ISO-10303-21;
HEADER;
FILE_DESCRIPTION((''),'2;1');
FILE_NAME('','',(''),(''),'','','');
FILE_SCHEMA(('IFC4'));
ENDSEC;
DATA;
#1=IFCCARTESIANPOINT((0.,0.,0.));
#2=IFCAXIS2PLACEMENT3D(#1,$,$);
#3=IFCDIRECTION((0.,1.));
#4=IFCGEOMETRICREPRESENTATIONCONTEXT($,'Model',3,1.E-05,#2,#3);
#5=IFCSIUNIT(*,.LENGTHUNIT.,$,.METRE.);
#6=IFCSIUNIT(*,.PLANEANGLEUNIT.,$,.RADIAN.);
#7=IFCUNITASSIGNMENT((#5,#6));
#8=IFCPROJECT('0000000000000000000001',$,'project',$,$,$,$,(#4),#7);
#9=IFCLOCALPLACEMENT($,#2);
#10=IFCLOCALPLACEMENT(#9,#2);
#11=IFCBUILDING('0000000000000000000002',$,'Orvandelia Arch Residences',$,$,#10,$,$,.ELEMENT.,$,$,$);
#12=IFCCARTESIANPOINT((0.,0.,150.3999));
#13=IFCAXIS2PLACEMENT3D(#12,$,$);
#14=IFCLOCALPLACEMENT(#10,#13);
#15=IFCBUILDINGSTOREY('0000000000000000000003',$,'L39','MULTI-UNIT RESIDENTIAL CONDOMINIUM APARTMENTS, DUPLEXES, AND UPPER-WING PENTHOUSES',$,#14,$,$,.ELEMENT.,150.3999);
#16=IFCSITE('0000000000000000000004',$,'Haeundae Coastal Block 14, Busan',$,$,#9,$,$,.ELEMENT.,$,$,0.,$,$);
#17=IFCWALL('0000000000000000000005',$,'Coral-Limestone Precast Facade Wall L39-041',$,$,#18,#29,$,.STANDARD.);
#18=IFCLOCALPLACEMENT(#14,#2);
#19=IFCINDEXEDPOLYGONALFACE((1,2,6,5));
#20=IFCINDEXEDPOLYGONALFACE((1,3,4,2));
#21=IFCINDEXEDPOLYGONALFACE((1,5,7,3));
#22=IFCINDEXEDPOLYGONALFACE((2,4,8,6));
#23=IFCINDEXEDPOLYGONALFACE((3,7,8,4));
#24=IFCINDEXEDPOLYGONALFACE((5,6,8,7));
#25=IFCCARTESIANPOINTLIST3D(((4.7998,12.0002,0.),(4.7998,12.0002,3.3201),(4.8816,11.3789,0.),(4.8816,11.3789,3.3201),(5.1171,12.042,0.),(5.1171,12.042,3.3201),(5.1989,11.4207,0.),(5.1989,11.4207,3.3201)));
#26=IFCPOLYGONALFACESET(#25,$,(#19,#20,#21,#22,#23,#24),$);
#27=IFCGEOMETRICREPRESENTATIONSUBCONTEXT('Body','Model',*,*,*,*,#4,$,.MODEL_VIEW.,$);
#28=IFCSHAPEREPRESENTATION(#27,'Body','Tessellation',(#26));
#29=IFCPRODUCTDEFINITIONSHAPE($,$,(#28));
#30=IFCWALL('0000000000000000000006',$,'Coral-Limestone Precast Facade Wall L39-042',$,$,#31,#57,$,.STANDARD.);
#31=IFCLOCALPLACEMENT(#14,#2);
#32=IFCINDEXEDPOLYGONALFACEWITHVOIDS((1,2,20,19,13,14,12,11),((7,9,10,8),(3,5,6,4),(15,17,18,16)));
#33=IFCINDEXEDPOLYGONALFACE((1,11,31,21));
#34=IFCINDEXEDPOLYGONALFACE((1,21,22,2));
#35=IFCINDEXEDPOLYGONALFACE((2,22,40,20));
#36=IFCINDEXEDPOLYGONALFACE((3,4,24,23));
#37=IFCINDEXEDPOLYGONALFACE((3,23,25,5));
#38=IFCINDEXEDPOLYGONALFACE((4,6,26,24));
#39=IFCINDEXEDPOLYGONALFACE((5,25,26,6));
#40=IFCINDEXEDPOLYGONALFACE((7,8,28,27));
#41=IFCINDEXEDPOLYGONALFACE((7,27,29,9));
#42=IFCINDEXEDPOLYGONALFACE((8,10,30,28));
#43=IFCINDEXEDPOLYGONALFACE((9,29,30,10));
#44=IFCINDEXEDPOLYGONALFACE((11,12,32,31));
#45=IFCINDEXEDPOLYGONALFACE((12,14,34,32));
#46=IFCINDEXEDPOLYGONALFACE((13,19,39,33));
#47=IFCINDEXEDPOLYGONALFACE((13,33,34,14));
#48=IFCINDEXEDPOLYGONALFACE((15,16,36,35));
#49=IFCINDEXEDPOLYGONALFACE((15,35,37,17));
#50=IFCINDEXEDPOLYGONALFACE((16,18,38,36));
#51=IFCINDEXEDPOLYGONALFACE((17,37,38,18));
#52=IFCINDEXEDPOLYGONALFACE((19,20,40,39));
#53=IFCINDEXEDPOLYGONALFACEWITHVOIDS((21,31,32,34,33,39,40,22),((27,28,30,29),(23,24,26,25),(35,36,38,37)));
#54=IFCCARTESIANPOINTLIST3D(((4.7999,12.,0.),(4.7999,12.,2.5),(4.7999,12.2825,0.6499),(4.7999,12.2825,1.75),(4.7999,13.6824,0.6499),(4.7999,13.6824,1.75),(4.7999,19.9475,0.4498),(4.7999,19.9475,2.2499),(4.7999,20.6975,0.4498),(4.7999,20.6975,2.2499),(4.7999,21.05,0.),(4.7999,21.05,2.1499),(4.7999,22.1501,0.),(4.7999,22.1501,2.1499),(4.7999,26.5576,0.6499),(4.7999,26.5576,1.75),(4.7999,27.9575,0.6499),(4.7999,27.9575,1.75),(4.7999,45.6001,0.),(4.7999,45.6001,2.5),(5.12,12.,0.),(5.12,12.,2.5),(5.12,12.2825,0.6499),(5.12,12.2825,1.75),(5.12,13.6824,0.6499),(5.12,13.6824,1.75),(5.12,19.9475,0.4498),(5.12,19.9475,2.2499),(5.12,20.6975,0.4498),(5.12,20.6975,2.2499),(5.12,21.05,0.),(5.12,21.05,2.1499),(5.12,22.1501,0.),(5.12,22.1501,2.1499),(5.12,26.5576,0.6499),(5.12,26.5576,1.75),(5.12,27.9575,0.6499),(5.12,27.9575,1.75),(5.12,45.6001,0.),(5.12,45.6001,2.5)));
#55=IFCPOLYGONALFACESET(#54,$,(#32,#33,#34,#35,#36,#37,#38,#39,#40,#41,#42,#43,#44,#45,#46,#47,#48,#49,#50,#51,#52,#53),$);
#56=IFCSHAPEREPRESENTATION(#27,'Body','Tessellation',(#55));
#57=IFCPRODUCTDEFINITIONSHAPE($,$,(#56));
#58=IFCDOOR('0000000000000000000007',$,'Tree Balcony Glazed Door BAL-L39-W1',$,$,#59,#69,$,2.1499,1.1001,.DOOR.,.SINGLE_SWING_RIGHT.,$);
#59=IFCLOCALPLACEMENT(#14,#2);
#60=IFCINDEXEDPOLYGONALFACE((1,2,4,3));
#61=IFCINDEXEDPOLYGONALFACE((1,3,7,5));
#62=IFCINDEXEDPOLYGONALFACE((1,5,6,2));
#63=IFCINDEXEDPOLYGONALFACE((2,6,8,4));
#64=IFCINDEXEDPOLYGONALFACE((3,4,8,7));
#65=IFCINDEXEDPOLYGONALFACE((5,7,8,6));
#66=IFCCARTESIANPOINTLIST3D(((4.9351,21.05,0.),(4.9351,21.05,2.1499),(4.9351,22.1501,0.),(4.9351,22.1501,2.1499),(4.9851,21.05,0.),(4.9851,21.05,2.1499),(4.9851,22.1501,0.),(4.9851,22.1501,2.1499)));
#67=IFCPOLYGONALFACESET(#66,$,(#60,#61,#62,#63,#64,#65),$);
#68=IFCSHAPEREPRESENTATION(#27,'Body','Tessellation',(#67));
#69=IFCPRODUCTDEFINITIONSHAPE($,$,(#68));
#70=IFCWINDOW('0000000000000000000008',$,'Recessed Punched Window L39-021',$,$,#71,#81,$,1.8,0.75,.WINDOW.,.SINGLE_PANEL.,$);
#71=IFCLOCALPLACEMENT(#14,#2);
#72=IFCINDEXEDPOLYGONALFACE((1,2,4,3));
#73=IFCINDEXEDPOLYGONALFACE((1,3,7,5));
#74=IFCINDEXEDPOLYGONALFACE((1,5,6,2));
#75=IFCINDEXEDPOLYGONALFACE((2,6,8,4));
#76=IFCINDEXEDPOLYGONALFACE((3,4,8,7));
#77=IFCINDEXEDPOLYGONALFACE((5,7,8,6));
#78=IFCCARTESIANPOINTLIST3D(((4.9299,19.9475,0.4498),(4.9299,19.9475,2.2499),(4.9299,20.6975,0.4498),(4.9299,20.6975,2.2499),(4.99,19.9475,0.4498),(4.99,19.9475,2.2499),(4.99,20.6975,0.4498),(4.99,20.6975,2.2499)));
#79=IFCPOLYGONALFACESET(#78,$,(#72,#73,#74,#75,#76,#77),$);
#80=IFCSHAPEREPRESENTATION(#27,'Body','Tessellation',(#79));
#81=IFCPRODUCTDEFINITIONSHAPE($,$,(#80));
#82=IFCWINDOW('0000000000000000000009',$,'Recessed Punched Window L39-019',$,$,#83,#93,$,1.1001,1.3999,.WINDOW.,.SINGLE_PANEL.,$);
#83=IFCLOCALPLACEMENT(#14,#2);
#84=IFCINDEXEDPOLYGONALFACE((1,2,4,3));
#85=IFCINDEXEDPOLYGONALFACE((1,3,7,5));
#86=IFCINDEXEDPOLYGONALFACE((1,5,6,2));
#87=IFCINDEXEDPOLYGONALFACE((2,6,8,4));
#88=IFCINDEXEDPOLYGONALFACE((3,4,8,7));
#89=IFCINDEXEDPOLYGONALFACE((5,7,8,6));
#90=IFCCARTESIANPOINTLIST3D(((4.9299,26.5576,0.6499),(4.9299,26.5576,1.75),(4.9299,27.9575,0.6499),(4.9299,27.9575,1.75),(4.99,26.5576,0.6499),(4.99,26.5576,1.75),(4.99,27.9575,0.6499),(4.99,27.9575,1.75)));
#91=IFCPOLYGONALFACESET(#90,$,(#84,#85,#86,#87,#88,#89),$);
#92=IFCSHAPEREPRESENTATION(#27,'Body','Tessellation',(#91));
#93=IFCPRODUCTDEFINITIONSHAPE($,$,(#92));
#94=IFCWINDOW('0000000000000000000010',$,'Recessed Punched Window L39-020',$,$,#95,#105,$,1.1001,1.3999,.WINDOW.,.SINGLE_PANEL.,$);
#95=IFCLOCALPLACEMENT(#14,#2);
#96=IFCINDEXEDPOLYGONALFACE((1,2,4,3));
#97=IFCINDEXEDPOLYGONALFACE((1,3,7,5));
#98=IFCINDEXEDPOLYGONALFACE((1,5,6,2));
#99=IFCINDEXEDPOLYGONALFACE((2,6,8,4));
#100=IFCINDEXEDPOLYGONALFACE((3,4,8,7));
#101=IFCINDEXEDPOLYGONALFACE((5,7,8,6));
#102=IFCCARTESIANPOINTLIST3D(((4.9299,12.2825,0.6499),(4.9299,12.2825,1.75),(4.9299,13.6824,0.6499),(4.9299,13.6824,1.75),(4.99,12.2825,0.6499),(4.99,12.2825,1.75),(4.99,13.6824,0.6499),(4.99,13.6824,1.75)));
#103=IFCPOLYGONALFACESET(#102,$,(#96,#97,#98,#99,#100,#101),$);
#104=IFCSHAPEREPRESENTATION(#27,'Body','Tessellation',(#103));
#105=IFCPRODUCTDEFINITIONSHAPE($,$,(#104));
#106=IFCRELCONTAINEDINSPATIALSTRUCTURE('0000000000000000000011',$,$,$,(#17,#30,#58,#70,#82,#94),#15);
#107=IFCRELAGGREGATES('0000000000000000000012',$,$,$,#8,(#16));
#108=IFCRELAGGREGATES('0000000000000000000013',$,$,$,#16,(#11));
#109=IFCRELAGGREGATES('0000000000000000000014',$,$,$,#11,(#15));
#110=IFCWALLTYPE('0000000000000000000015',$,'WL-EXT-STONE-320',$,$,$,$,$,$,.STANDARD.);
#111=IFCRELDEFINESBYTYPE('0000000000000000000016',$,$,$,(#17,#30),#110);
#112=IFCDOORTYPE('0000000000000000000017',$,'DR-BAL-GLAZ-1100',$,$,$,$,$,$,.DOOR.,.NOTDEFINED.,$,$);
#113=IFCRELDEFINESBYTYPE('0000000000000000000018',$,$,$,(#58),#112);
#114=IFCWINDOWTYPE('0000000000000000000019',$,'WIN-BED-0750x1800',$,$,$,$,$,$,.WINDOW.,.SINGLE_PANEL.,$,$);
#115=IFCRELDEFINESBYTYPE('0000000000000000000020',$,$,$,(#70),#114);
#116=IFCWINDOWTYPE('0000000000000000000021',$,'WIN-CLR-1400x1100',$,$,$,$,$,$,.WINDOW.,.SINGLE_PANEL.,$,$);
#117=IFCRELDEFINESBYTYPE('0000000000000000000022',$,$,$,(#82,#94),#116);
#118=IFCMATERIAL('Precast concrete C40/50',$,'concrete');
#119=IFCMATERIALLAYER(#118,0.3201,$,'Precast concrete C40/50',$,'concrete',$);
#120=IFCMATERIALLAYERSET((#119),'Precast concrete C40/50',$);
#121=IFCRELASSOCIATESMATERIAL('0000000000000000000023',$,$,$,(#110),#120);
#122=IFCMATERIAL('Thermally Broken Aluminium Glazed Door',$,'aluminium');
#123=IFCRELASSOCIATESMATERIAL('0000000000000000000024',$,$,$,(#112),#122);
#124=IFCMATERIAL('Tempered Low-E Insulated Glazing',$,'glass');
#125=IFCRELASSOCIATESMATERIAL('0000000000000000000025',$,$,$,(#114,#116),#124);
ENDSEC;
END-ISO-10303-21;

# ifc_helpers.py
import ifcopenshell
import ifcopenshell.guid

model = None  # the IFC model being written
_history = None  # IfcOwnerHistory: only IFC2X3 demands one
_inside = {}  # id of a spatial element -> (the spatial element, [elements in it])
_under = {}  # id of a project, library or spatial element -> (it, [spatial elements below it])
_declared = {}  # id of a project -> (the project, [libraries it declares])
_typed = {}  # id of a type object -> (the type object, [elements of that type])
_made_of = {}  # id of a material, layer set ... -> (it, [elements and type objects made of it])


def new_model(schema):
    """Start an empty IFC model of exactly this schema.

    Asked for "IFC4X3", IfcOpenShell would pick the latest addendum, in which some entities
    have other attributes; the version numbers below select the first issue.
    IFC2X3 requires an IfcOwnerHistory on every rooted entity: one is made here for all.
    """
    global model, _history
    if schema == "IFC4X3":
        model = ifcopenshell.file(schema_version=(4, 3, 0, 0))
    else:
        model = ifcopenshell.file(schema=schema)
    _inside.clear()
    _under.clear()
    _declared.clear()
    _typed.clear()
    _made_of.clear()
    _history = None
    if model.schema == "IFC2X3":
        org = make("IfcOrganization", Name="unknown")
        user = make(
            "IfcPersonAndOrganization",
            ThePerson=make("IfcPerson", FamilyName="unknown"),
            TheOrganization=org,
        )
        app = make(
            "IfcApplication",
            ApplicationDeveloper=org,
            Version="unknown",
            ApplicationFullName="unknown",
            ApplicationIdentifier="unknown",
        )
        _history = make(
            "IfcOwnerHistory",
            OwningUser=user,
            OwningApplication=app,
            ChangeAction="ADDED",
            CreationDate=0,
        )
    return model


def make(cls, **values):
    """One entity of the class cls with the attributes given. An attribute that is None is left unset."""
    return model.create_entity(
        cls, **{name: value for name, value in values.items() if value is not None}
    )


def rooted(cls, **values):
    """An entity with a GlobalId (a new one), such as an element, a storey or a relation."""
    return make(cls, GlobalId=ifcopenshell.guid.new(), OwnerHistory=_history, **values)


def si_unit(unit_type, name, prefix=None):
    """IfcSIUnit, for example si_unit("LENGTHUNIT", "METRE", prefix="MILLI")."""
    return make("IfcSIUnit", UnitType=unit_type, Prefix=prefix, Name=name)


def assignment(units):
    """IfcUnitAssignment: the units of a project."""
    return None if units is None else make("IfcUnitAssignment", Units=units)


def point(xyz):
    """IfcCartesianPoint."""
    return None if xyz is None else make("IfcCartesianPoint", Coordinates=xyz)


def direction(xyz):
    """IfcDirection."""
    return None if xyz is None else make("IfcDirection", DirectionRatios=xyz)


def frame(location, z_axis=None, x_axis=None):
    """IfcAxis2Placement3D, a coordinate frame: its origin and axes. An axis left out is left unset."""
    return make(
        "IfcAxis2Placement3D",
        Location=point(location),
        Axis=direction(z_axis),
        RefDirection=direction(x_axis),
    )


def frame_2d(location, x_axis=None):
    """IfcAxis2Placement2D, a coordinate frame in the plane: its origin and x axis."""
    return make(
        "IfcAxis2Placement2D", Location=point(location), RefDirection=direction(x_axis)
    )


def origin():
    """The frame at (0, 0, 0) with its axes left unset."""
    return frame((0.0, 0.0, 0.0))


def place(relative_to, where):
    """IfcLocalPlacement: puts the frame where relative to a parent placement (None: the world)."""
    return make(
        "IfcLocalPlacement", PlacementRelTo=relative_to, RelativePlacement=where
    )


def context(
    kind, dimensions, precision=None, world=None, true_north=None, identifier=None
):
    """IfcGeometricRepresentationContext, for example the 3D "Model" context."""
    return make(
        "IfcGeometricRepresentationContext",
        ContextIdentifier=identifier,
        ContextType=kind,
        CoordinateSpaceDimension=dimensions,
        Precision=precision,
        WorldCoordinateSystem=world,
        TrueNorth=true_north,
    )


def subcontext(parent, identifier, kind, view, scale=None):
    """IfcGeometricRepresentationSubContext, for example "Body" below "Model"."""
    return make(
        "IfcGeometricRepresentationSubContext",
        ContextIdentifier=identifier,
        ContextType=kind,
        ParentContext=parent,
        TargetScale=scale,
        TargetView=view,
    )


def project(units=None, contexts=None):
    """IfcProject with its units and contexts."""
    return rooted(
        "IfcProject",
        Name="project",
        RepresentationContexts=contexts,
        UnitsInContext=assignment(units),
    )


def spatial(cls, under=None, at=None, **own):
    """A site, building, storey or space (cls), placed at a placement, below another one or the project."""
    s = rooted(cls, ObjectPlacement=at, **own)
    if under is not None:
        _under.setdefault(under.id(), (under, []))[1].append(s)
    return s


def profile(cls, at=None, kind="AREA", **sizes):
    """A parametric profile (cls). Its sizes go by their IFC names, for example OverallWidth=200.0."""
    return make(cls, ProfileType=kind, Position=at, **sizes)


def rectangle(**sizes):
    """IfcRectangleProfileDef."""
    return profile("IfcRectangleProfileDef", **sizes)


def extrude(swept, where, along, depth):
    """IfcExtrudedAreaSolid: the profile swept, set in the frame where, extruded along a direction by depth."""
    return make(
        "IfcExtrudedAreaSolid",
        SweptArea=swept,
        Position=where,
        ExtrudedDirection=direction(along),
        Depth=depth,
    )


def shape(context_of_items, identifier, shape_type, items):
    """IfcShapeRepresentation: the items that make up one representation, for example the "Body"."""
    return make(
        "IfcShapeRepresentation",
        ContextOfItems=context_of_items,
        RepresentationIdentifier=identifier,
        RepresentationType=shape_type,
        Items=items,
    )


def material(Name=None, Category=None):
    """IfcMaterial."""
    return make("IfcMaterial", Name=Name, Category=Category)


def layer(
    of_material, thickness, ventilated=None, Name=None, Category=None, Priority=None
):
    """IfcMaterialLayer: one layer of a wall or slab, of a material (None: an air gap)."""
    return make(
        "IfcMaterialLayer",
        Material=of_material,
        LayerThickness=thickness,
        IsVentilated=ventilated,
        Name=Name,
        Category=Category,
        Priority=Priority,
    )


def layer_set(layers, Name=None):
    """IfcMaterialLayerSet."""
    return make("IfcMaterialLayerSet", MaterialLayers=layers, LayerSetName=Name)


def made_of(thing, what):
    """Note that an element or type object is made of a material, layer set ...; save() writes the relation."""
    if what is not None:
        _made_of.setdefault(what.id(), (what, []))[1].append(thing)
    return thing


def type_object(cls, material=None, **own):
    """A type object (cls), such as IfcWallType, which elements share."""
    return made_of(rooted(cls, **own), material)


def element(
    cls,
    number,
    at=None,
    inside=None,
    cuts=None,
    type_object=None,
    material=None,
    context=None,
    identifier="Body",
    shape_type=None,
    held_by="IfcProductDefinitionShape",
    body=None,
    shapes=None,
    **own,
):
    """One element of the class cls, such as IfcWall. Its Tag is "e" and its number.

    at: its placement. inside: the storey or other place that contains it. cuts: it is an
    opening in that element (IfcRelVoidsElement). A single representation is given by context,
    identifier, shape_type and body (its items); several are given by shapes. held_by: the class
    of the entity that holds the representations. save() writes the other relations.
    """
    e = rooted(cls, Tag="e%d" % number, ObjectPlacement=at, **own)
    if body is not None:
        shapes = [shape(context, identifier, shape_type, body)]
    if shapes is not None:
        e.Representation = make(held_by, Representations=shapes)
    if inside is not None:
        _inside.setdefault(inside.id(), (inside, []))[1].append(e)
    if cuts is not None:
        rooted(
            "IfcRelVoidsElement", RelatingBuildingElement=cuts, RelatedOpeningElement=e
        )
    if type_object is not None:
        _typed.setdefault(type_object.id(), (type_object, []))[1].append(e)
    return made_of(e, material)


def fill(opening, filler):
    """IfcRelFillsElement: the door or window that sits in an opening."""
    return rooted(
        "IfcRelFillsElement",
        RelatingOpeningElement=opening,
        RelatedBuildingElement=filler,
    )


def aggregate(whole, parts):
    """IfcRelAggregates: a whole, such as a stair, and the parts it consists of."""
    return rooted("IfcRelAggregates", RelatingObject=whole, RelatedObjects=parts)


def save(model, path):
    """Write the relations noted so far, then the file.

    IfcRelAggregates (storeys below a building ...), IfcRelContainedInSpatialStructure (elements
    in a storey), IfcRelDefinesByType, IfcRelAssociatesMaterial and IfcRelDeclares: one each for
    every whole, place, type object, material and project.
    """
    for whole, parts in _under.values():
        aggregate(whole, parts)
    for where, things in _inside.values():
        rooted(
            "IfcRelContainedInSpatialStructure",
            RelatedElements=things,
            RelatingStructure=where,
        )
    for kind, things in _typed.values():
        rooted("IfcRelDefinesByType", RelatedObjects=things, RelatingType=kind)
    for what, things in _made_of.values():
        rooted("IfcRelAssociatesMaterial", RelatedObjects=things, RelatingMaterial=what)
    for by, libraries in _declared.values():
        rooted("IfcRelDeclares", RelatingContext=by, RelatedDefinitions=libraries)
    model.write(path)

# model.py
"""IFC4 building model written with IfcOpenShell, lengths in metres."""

from ifc_helpers import new_model, si_unit, direction, frame, frame_2d, origin, place, context, subcontext, project, spatial, rectangle, extrude, material, layer, layer_set, type_object, element, fill, save


model = new_model("IFC4")

# Units and contexts
model_context = context("Model", 3, precision=1e-05, world=origin(), true_north=direction((0.0, 1.0)))
body_context = subcontext(model_context, "Body", "Model", "MODEL_VIEW")
ifc_project = project(units=[si_unit("LENGTHUNIT", "METRE"), si_unit("PLANEANGLEUNIT", "RADIAN")], contexts=[model_context])

# Site, building, storey
site_placement = place(None, origin())
site = spatial("IfcSite", under=ifc_project, at=site_placement, Name="Haeundae Coastal Block 14, Busan", CompositionType="ELEMENT", RefElevation=0.0)
building_placement = place(site_placement, origin())
building = spatial("IfcBuilding", under=site, at=building_placement, Name="Orvandelia Arch Residences", CompositionType="ELEMENT")
storey_placement = place(building_placement, frame((0.0, 0.0, 150.3999)))
storey = spatial("IfcBuildingStorey", under=building, at=storey_placement, Name="L39", Description="MULTI-UNIT RESIDENTIAL CONDOMINIUM APARTMENTS, DUPLEXES, AND UPPER-WING PENTHOUSES", CompositionType="ELEMENT", Elevation=150.3999)

# Shared definitions
ifc_material_1 = material(Name="Precast concrete C40/50", Category="concrete")

# Wall
ifc_layer_1 = layer(ifc_material_1, 0.3201, Name="Precast concrete C40/50", Category="concrete")
ifc_layer_set_1 = layer_set([ifc_layer_1], Name="Precast concrete C40/50")
wall_type = type_object("IfcWallType", Name="WL-EXT-STONE-320", PredefinedType="STANDARD", material=ifc_layer_set_1)
wall_1_placement = place(storey_placement, frame((5.0403, 11.3997, 0.0), z_axis=(0.0, 0.0, 1.0), x_axis=(-0.130505, 0.991448, 0.0)))
element("IfcWall", 1, at=wall_1_placement, inside=storey, type_object=wall_type, Name="Coral-Limestone Precast Facade Wall L39-041", PredefinedType="STANDARD", context=body_context, shape_type="SweptSolid", body=[
    extrude(rectangle(XDim=0.6267, YDim=0.3201, at=frame_2d((0.3135, 0.0))), origin(), (0.0, 0.0, 1.0), 3.3201),
])

# Wall, openings, door, windows
wall_2_placement = place(storey_placement, frame((4.96, 12.0, 0.0), z_axis=(0.0, 0.0, 1.0), x_axis=(0.0, 1.0, 0.0)))
wall_2 = element("IfcWall", 2, at=wall_2_placement, inside=storey, type_object=wall_type, Name="Coral-Limestone Precast Facade Wall L39-042", PredefinedType="STANDARD", context=body_context, shape_type="SweptSolid", body=[
    extrude(rectangle(XDim=33.6001, YDim=0.3201, at=frame_2d((16.8, 0.0))), origin(), (0.0, 0.0, 1.0), 2.5),
])
opening_1_placement = place(wall_2_placement, frame((9.05, 0.0, 0.0)))
opening_1 = element("IfcOpeningElement", 3, at=opening_1_placement, cuts=wall_2, PredefinedType="OPENING", context=body_context, shape_type="SweptSolid", body=[
    extrude(rectangle(XDim=1.1001, YDim=2.1499, at=frame_2d((0.55, 1.075))), frame((0.0, 0.1699, 0.0), z_axis=(0.0, -1.0, 0.0), x_axis=(1.0, 0.0, 0.0)), (0.0, 0.0, 1.0), 0.3401),
])
opening_2_placement = place(wall_2_placement, frame((14.5576, 0.0, 0.6499)))
opening_2 = element("IfcOpeningElement", 4, at=opening_2_placement, cuts=wall_2, PredefinedType="OPENING", context=body_context, shape_type="SweptSolid", body=[
    extrude(rectangle(XDim=1.3999, YDim=1.1001, at=frame_2d((0.7, 0.55))), frame((0.0, 0.1699, 0.0), z_axis=(0.0, -1.0, 0.0), x_axis=(1.0, 0.0, 0.0)), (0.0, 0.0, 1.0), 0.3401),
])
opening_3_placement = place(wall_2_placement, frame((0.2825, 0.0, 0.6499)))
opening_3 = element("IfcOpeningElement", 5, at=opening_3_placement, cuts=wall_2, PredefinedType="OPENING", context=body_context, shape_type="SweptSolid", body=[
    extrude(rectangle(XDim=1.3999, YDim=1.1001, at=frame_2d((0.7, 0.55))), frame((0.0, 0.1699, 0.0), z_axis=(0.0, -1.0, 0.0), x_axis=(1.0, 0.0, 0.0)), (0.0, 0.0, 1.0), 0.3401),
])
opening_4_placement = place(wall_2_placement, frame((7.9475, 0.0, 0.45)))
opening_4 = element("IfcOpeningElement", 6, at=opening_4_placement, cuts=wall_2, PredefinedType="OPENING", context=body_context, shape_type="SweptSolid", body=[
    extrude(rectangle(XDim=0.75, YDim=1.8, at=frame_2d((0.375, 0.8999))), frame((0.0, 0.1699, 0.0), z_axis=(0.0, -1.0, 0.0), x_axis=(1.0, 0.0, 0.0)), (0.0, 0.0, 1.0), 0.3401),
])
ifc_material_2 = material(Name="Thermally Broken Aluminium Glazed Door", Category="aluminium")
door_type = type_object("IfcDoorType", Name="DR-BAL-GLAZ-1100", OperationType="NOTDEFINED", PredefinedType="DOOR", material=ifc_material_2)
door_placement = place(opening_1_placement, origin())
door = element("IfcDoor", 7, at=door_placement, inside=storey, type_object=door_type, Name="Tree Balcony Glazed Door BAL-L39-W1", OperationType="SINGLE_SWING_RIGHT", OverallHeight=2.1499, OverallWidth=1.1001, PredefinedType="DOOR", context=body_context, shape_type="SweptSolid", body=[
    extrude(rectangle(XDim=1.1001, YDim=2.1499, at=frame_2d((0.55, 1.075))), frame((0.0, 0.0249, 0.0), z_axis=(0.0, -1.0, 0.0), x_axis=(1.0, 0.0, 0.0)), (0.0, 0.0, 1.0), 0.05),
])
fill(opening_1, door)
ifc_material_3 = material(Name="Tempered Low-E Insulated Glazing", Category="glass")
window_type_1 = type_object("IfcWindowType", Name="WIN-BED-0750x1800", PartitioningType="SINGLE_PANEL", PredefinedType="WINDOW", material=ifc_material_3)
window_1_placement = place(opening_4_placement, origin())
window_1 = element("IfcWindow", 8, at=window_1_placement, inside=storey, type_object=window_type_1, Name="Recessed Punched Window L39-021", OverallHeight=1.8, OverallWidth=0.75, PartitioningType="SINGLE_PANEL", PredefinedType="WINDOW", context=body_context, shape_type="SweptSolid", body=[
    extrude(rectangle(XDim=0.75, YDim=1.8, at=frame_2d((0.375, 0.8999))), frame((0.0, 0.03, 0.0), z_axis=(0.0, -1.0, 0.0), x_axis=(1.0, 0.0, 0.0)), (0.0, 0.0, 1.0), 0.0601),
])
fill(opening_4, window_1)
window_type_2 = type_object("IfcWindowType", Name="WIN-CLR-1400x1100", PartitioningType="SINGLE_PANEL", PredefinedType="WINDOW", material=ifc_material_3)
window_2_placement = place(opening_2_placement, origin())
window_2 = element("IfcWindow", 9, at=window_2_placement, inside=storey, type_object=window_type_2, Name="Recessed Punched Window L39-019", OverallHeight=1.1001, OverallWidth=1.3999, PartitioningType="SINGLE_PANEL", PredefinedType="WINDOW", context=body_context, shape_type="SweptSolid", body=[
    extrude(rectangle(XDim=1.3999, YDim=1.1001, at=frame_2d((0.7, 0.55))), frame((0.0, 0.03, 0.0), z_axis=(0.0, -1.0, 0.0), x_axis=(1.0, 0.0, 0.0)), (0.0, 0.0, 1.0), 0.0601),
])
fill(opening_2, window_2)
window_3_placement = place(opening_3_placement, origin())
window_3 = element("IfcWindow", 10, at=window_3_placement, inside=storey, type_object=window_type_2, Name="Recessed Punched Window L39-020", OverallHeight=1.1001, OverallWidth=1.3999, PartitioningType="SINGLE_PANEL", PredefinedType="WINDOW", context=body_context, shape_type="SweptSolid", body=[
    extrude(rectangle(XDim=1.3999, YDim=1.1001, at=frame_2d((0.7, 0.55))), frame((0.0, 0.03, 0.0), z_axis=(0.0, -1.0, 0.0), x_axis=(1.0, 0.0, 0.0)), (0.0, 0.0, 1.0), 0.0601),
])
fill(opening_3, window_3)

save(model, "model.ifc")
